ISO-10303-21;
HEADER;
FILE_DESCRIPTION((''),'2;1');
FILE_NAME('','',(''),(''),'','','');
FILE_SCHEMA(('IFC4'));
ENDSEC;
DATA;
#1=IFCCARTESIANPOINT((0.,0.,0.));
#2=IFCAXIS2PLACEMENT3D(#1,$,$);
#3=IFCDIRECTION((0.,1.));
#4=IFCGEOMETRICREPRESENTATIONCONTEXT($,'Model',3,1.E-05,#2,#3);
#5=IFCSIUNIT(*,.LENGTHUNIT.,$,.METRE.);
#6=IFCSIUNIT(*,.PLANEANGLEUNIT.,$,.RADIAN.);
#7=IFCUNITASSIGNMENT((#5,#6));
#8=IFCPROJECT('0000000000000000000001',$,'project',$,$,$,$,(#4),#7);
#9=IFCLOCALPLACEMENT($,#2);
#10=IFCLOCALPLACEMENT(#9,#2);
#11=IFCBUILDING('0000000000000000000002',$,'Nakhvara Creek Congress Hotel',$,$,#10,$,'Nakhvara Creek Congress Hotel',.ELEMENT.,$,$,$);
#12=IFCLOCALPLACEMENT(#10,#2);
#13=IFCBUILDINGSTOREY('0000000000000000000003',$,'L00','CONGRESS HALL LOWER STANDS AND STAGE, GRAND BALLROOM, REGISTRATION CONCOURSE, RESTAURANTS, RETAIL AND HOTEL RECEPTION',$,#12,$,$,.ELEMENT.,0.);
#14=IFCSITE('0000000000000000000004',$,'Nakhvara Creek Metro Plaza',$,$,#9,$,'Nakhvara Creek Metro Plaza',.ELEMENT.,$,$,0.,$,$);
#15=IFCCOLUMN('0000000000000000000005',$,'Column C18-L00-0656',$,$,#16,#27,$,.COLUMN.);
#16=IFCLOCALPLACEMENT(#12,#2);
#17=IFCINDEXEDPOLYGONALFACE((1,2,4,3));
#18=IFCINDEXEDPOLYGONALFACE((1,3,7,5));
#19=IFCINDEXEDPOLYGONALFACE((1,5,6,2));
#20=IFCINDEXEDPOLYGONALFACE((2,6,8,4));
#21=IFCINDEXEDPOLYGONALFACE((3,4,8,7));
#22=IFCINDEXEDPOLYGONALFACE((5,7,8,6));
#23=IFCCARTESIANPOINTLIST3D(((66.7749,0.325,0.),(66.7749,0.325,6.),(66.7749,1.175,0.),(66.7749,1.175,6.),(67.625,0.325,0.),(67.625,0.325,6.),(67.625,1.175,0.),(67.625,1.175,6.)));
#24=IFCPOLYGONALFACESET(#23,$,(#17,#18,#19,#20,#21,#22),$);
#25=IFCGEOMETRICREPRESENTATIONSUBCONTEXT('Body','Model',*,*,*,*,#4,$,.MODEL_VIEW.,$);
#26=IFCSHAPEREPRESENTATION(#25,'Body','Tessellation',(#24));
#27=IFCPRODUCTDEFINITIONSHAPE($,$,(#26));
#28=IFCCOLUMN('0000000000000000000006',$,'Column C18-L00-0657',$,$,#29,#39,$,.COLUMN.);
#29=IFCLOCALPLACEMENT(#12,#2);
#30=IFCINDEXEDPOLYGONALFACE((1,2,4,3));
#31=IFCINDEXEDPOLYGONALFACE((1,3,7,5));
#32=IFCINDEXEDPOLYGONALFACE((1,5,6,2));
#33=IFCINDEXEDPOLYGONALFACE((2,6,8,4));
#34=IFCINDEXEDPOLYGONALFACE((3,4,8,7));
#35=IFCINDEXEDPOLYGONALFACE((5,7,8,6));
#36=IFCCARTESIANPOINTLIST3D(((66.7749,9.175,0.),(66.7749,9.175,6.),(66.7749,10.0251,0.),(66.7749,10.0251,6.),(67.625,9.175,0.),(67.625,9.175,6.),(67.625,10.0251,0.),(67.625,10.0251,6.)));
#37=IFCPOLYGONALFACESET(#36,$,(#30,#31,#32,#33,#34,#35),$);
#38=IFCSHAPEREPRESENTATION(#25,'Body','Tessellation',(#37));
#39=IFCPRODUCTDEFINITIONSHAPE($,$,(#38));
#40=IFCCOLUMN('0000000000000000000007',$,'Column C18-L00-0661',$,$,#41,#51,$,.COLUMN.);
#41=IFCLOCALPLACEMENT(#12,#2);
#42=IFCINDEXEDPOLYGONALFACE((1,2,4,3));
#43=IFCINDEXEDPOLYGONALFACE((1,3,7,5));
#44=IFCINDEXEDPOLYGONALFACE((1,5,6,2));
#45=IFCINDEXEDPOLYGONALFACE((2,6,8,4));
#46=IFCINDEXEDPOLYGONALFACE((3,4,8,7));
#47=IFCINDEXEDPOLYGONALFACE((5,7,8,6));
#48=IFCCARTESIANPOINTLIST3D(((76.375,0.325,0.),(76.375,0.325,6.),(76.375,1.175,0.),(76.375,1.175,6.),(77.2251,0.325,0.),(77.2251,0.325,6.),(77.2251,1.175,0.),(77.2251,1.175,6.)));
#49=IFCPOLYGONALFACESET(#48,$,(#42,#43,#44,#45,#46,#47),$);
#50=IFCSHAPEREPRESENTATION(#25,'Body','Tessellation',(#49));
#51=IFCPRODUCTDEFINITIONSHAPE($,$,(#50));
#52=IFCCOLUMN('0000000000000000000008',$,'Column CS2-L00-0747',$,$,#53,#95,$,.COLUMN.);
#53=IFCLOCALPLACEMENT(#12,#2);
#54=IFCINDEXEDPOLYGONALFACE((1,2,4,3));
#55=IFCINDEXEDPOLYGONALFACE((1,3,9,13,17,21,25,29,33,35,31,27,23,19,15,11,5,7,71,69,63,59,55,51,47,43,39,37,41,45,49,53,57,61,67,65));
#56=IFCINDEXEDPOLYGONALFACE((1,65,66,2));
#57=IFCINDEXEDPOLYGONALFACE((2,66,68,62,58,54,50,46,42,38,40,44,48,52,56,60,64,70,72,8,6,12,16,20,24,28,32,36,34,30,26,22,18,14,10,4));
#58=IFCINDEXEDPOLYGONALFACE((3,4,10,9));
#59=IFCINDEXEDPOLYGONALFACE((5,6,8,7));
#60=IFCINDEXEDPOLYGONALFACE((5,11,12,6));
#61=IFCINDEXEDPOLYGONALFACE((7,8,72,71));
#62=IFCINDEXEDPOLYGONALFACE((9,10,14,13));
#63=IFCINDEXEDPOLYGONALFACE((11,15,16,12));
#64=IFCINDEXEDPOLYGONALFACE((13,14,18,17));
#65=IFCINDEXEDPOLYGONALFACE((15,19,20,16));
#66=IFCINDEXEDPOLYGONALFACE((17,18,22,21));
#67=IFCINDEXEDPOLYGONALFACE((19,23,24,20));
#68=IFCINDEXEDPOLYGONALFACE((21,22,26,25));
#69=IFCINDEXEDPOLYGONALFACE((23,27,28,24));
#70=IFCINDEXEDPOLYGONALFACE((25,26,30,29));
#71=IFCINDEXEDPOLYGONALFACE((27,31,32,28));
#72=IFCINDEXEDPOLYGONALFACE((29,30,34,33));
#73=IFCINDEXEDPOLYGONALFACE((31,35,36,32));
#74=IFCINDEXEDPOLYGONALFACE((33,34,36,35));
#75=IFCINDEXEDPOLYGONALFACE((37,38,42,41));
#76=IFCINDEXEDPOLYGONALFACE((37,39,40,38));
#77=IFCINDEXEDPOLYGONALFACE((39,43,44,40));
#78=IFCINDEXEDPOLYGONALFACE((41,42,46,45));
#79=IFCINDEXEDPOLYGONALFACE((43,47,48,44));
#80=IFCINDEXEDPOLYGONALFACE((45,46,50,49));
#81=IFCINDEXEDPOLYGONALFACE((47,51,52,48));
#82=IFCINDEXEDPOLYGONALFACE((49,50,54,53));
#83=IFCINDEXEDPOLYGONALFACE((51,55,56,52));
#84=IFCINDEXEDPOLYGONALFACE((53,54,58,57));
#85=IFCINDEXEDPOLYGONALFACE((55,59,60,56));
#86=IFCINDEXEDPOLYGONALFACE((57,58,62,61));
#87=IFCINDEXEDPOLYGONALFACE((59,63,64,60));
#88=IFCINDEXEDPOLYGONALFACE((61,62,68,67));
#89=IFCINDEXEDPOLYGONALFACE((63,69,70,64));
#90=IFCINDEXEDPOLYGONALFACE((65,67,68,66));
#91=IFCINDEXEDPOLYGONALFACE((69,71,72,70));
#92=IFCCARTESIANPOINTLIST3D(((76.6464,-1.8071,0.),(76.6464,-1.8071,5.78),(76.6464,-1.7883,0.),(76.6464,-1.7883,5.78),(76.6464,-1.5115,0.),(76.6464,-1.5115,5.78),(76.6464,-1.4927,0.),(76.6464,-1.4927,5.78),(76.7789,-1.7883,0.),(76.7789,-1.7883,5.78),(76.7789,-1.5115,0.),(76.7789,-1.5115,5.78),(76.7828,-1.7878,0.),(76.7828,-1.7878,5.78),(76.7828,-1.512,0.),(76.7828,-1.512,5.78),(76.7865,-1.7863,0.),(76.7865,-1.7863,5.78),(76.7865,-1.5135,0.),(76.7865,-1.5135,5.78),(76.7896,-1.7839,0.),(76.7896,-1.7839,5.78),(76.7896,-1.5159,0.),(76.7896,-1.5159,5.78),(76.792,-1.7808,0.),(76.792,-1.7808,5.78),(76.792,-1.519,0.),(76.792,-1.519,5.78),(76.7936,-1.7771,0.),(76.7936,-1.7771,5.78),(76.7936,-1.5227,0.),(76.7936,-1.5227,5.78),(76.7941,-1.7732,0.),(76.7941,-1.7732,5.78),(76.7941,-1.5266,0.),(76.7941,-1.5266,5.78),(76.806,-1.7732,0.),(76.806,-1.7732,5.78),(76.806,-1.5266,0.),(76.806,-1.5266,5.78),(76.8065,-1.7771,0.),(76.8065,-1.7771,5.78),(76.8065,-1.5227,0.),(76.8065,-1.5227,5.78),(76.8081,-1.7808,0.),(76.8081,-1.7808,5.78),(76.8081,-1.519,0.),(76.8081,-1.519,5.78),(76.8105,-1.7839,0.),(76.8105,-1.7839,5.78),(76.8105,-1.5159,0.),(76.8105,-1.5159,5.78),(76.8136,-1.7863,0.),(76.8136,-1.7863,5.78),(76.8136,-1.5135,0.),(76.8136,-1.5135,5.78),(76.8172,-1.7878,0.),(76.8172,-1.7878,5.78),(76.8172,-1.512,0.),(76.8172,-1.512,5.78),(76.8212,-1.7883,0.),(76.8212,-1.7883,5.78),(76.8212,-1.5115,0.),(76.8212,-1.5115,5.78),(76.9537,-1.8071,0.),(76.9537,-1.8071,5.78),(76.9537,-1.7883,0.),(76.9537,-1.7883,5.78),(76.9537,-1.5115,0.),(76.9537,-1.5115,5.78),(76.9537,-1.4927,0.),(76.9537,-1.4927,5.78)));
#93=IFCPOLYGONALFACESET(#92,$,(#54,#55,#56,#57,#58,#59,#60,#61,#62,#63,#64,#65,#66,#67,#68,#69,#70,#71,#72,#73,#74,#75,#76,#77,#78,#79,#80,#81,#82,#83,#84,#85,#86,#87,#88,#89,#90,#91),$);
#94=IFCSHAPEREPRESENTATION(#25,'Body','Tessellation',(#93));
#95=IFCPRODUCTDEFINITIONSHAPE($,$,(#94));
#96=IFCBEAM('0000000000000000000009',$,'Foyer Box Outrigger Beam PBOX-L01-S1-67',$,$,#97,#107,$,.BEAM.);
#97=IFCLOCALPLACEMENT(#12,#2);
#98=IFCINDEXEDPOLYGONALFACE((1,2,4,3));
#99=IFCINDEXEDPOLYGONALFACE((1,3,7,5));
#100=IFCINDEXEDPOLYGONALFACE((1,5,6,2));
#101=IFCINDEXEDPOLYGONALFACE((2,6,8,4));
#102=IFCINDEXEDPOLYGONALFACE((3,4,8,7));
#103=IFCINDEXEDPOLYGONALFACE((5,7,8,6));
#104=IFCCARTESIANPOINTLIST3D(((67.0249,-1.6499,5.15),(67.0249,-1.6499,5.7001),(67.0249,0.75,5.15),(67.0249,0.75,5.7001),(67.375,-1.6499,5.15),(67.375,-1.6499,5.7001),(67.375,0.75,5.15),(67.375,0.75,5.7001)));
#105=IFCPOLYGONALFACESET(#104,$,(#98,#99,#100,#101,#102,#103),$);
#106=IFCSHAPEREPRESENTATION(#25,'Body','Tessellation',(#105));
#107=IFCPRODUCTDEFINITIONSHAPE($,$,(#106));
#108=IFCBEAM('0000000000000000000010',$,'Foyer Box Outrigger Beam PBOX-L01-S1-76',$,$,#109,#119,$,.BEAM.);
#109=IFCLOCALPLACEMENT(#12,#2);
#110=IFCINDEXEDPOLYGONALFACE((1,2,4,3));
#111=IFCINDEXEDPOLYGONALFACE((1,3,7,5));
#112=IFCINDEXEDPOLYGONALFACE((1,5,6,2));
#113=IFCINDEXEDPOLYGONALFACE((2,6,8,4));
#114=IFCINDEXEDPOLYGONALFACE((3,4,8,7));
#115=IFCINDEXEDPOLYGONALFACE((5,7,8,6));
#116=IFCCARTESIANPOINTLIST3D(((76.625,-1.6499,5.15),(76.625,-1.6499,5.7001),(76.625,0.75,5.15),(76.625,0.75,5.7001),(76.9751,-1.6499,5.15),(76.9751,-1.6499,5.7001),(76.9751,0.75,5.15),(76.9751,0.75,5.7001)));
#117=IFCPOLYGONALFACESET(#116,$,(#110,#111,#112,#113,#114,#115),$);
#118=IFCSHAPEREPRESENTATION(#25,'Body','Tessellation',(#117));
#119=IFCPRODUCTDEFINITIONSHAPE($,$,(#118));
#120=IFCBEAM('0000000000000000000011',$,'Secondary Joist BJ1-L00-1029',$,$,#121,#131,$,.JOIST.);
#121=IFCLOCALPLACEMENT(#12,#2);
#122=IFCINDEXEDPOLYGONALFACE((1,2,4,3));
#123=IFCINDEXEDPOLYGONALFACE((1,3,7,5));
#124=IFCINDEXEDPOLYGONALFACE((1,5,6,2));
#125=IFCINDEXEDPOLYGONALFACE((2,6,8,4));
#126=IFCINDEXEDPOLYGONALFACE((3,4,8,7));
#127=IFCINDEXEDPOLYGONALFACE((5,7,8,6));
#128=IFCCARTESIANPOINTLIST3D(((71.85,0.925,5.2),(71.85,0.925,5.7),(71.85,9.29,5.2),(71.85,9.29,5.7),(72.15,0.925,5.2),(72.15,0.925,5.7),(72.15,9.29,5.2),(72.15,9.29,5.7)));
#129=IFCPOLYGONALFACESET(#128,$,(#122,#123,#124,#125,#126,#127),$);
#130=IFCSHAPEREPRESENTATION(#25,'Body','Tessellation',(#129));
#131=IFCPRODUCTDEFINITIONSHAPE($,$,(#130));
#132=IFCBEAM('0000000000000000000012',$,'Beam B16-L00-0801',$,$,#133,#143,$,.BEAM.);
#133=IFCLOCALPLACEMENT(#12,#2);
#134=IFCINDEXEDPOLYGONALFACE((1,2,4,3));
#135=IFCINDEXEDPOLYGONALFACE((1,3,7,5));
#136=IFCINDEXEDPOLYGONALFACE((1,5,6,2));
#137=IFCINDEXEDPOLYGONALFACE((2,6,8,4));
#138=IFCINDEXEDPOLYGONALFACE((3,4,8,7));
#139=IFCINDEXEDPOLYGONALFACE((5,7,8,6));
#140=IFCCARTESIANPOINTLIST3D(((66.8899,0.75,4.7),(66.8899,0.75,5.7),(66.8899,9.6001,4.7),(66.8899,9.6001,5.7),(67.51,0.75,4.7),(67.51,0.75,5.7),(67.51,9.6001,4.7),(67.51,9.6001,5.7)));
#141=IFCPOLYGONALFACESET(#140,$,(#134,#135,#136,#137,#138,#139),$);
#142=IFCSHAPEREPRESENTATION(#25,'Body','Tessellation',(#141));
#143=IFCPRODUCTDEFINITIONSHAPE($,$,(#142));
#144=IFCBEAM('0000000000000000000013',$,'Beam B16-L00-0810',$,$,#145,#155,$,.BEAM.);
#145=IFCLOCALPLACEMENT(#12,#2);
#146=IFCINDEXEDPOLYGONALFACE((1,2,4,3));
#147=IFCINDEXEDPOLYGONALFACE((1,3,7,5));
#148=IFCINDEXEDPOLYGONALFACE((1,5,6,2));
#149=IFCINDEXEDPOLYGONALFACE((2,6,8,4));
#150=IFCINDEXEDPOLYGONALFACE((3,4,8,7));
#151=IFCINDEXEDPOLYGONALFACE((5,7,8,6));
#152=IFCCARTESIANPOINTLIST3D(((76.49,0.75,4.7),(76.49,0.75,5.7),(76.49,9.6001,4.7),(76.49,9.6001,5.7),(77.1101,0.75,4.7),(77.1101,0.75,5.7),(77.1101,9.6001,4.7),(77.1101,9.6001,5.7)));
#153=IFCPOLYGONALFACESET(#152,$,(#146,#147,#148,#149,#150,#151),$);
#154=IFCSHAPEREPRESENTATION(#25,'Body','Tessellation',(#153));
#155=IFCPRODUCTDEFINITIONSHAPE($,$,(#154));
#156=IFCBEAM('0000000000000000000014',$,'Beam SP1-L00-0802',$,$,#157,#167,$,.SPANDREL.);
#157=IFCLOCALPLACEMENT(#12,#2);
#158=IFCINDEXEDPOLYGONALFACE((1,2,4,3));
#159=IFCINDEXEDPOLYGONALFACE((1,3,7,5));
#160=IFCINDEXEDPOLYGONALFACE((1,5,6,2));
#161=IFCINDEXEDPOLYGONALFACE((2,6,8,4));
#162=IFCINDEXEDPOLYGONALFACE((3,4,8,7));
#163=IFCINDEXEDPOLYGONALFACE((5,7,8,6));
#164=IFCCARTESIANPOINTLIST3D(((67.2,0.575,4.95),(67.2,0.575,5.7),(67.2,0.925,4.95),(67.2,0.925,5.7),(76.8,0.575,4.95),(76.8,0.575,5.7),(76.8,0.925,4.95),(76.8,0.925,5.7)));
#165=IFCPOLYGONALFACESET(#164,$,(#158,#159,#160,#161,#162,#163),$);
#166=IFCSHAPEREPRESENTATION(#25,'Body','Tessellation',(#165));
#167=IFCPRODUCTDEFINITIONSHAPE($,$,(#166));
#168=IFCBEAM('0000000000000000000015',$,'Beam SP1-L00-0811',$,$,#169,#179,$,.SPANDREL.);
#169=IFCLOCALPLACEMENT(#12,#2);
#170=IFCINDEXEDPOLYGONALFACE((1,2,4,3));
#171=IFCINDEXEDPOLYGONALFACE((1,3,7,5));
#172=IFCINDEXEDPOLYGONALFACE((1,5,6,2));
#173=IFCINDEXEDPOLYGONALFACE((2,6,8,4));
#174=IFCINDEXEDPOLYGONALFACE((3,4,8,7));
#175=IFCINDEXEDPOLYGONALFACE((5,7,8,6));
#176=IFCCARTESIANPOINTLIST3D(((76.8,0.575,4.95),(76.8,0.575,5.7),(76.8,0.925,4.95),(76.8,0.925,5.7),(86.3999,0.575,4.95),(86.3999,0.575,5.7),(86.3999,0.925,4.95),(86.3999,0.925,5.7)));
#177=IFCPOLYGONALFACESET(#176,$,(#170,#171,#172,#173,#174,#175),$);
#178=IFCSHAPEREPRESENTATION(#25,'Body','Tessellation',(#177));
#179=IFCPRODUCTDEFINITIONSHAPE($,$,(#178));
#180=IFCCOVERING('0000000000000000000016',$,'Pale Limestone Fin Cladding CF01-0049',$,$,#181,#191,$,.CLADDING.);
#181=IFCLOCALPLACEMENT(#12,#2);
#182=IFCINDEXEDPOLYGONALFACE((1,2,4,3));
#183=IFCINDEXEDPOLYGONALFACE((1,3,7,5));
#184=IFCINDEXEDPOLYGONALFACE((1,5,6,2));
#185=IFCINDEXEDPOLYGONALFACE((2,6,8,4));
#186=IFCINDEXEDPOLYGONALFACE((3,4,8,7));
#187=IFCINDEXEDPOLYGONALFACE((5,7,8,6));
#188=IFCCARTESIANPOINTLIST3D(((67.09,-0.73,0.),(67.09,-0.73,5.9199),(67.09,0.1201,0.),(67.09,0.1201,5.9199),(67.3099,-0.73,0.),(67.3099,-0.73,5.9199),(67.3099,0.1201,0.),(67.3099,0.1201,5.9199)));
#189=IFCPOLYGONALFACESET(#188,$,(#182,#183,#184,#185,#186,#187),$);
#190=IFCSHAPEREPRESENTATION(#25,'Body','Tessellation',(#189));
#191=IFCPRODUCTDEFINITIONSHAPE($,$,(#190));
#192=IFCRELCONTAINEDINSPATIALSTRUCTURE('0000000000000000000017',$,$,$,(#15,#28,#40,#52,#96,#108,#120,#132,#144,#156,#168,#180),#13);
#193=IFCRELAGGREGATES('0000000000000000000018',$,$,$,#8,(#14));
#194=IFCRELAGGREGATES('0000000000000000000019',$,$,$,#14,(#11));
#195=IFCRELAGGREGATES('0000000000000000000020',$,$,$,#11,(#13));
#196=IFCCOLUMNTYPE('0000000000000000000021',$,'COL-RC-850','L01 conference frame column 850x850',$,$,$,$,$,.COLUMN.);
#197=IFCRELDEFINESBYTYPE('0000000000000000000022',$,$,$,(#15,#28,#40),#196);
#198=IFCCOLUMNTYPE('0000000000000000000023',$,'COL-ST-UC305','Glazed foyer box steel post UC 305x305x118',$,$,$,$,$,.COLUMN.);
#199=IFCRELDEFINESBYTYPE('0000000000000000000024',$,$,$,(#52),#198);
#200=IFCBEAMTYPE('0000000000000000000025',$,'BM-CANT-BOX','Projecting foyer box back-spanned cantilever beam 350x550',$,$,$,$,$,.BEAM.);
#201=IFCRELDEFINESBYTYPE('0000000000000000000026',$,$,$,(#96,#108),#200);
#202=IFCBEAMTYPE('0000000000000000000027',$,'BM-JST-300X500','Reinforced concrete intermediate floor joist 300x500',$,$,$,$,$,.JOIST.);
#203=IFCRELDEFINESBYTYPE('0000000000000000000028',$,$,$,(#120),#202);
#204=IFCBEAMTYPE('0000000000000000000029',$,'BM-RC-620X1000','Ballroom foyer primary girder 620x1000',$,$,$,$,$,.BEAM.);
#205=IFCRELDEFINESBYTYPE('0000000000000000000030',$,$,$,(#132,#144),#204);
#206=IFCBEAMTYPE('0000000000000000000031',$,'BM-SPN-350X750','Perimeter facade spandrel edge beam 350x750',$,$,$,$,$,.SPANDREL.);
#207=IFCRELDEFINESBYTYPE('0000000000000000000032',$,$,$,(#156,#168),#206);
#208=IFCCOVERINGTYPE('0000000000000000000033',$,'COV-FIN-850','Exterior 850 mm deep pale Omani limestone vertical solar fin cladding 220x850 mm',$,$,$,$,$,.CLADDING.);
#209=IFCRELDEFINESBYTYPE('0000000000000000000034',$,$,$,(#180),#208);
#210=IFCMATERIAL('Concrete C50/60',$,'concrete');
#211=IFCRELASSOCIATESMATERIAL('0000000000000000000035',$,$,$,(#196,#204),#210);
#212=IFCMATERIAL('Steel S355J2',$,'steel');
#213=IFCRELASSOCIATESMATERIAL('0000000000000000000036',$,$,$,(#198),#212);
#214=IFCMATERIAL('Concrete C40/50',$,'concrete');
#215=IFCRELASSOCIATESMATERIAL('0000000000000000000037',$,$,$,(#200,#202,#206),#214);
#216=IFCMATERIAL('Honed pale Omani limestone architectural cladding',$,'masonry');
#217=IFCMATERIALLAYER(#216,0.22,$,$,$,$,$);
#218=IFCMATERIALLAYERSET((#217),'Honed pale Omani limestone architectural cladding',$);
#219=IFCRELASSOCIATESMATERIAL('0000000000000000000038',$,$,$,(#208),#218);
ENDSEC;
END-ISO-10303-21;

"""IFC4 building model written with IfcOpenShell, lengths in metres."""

from ifc_helpers import new_model, si_unit, direction, frame, origin, origin_2d, place, context, subcontext, project, spatial, rectangle, i_section, extrude, material, layer, layer_set, material_profile, profile_set, type_object, element, save


model = new_model("IFC4")

# Units and contexts
model_context = context("Model", 3, precision=1e-05, world=origin(), true_north=direction((0.0, 1.0)))
body_context = subcontext(model_context, "Body", "Model", "MODEL_VIEW")
ifc_project = project(units=[si_unit("LENGTHUNIT", "METRE"), si_unit("PLANEANGLEUNIT", "RADIAN")], contexts=[model_context])

# Site, building, storey
site_placement = place(None, origin())
site = spatial("IfcSite", under=ifc_project, at=site_placement, Name="Nakhvara Creek Metro Plaza", LongName="Nakhvara Creek Metro Plaza", CompositionType="ELEMENT", RefElevation=0.0)
building_placement = place(site_placement, origin())
building = spatial("IfcBuilding", under=site, at=building_placement, Name="Nakhvara Creek Congress Hotel", LongName="Nakhvara Creek Congress Hotel", CompositionType="ELEMENT")
storey_placement = place(building_placement, origin())
storey = spatial("IfcBuildingStorey", under=building, at=storey_placement, Name="L00", Description="CONGRESS HALL LOWER STANDS AND STAGE, GRAND BALLROOM, REGISTRATION CONCOURSE, RESTAURANTS, RETAIL AND HOTEL RECEPTION", CompositionType="ELEMENT", Elevation=0.0)

# Columns
ifc_material_1 = material(Name="Concrete C50/60", Category="concrete")
ifc_material_profile_1 = material_profile(ifc_material_1, rectangle(XDim=0.8501, YDim=0.8501, at=origin_2d()), Name="RC-COL 850x850", Category="LoadBearing")
ifc_profile_set_1 = profile_set([ifc_material_profile_1], Name="Concrete C50/60")
column_type_1 = type_object("IfcColumnType", Name="COL-RC-850", Description="L01 conference frame column 850x850", PredefinedType="COLUMN", material=ifc_profile_set_1)
for number, where, z_axis, x_axis, name in (
    (1, (67.2, 0.75, 0.0), (0.0, 0.0, 1.0), (1.0, 0.0, 0.0), "Column C18-L00-0656"),
    (2, (67.2, 9.6001, 0.0), (0.0, 0.0, 1.0), (1.0, 0.0, 0.0), "Column C18-L00-0657"),
    (3, (76.8, 0.75, 0.0), (0.0, 0.0, 1.0), (1.0, 0.0, 0.0), "Column C18-L00-0661"),
):
    element("IfcColumn", number, at=place(storey_placement, frame(where, z_axis=z_axis, x_axis=x_axis)), inside=storey, type_object=column_type_1, Name=name, PredefinedType="COLUMN", context=body_context, shape_type="SweptSolid", body=[
        extrude(rectangle(XDim=0.8501, YDim=0.8501, at=origin_2d()), origin(), (0.0, 0.0, 1.0), 6.0),
    ])
ifc_material_2 = material(Name="Steel S355J2", Category="steel")
ifc_material_profile_2 = material_profile(ifc_material_2, i_section(OverallWidth=0.3074, OverallDepth=0.3145, WebThickness=0.012, FlangeThickness=0.0188, FilletRadius=0.0151, at=origin_2d()), Name="UC 305x305x118", Category="LoadBearing")
ifc_profile_set_2 = profile_set([ifc_material_profile_2], Name="Steel S355J2")
column_type_2 = type_object("IfcColumnType", Name="COL-ST-UC305", Description="Glazed foyer box steel post UC 305x305x118", PredefinedType="COLUMN", material=ifc_profile_set_2)
column_placement = place(storey_placement, frame((76.8, -1.6499, 0.0), z_axis=(0.0, 0.0, 1.0), x_axis=(1.0, 0.0, 0.0)))
element("IfcColumn", 4, at=column_placement, inside=storey, type_object=column_type_2, Name="Column CS2-L00-0747", PredefinedType="COLUMN", context=body_context, shape_type="SweptSolid", body=[
    extrude(i_section(OverallWidth=0.3074, OverallDepth=0.3145, WebThickness=0.012, FlangeThickness=0.0188, FilletRadius=0.0151, at=origin_2d()), origin(), (0.0, 0.0, 1.0), 5.78),
])

# Beams
ifc_material_3 = material(Name="Concrete C40/50", Category="concrete")
ifc_material_profile_3 = material_profile(ifc_material_3, rectangle(XDim=0.3501, YDim=0.55, at=origin_2d()), Name="RC-BM 350x550", Category="LoadBearing")
ifc_profile_set_3 = profile_set([ifc_material_profile_3], Name="Concrete C40/50")
beam_type_1 = type_object("IfcBeamType", Name="BM-CANT-BOX", Description="Projecting foyer box back-spanned cantilever beam 350x550", PredefinedType="BEAM", material=ifc_profile_set_3)
for number, where, z_axis, x_axis, name in (
    (5, (67.2, 0.75, 5.425), (0.0, -1.0, 0.0), (1.0, 0.0, 0.0), "Foyer Box Outrigger Beam PBOX-L01-S1-67"),
    (6, (76.8, 0.75, 5.425), (0.0, -1.0, 0.0), (1.0, 0.0, 0.0), "Foyer Box Outrigger Beam PBOX-L01-S1-76"),
):
    element("IfcBeam", number, at=place(storey_placement, frame(where, z_axis=z_axis, x_axis=x_axis)), inside=storey, type_object=beam_type_1, Name=name, PredefinedType="BEAM", context=body_context, shape_type="SweptSolid", body=[
        extrude(rectangle(XDim=0.3501, YDim=0.55, at=origin_2d()), origin(), (0.0, 0.0, 1.0), 2.3999),
    ])
ifc_material_profile_4 = material_profile(ifc_material_3, rectangle(XDim=0.3, YDim=0.5, at=origin_2d()), Name="RC-BM 300x500", Category="LoadBearing")
ifc_profile_set_4 = profile_set([ifc_material_profile_4], Name="Concrete C40/50")
beam_type_2 = type_object("IfcBeamType", Name="BM-JST-300X500", Description="Reinforced concrete intermediate floor joist 300x500", PredefinedType="JOIST", material=ifc_profile_set_4)
beam_1_placement = place(storey_placement, frame((72.0, 0.925, 5.45), z_axis=(0.0, 1.0, 0.0), x_axis=(-1.0, 0.0, 0.0)))
element("IfcBeam", 7, at=beam_1_placement, inside=storey, type_object=beam_type_2, Name="Secondary Joist BJ1-L00-1029", PredefinedType="JOIST", context=body_context, shape_type="SweptSolid", body=[
    extrude(rectangle(XDim=0.3, YDim=0.5, at=origin_2d()), origin(), (0.0, 0.0, 1.0), 8.365),
])
ifc_material_profile_5 = material_profile(ifc_material_1, rectangle(XDim=0.6201, YDim=1.0, at=origin_2d()), Name="RC-BM 620x1000", Category="LoadBearing")
ifc_profile_set_5 = profile_set([ifc_material_profile_5], Name="Concrete C50/60")
beam_type_3 = type_object("IfcBeamType", Name="BM-RC-620X1000", Description="Ballroom foyer primary girder 620x1000", PredefinedType="BEAM", material=ifc_profile_set_5)
for number, where, z_axis, x_axis, name in (
    (8, (67.2, 0.75, 5.2), (0.0, 1.0, 0.0), (-1.0, 0.0, 0.0), "Beam B16-L00-0801"),
    (9, (76.8, 0.75, 5.2), (0.0, 1.0, 0.0), (-1.0, 0.0, 0.0), "Beam B16-L00-0810"),
):
    element("IfcBeam", number, at=place(storey_placement, frame(where, z_axis=z_axis, x_axis=x_axis)), inside=storey, type_object=beam_type_3, Name=name, PredefinedType="BEAM", context=body_context, shape_type="SweptSolid", body=[
        extrude(rectangle(XDim=0.6201, YDim=1.0, at=origin_2d()), origin(), (0.0, 0.0, 1.0), 8.8501),
    ])
ifc_material_profile_6 = material_profile(ifc_material_3, rectangle(XDim=0.3501, YDim=0.75, at=origin_2d()), Name="RC-SPANDREL 350x750", Category="LoadBearing")
ifc_profile_set_6 = profile_set([ifc_material_profile_6], Name="Concrete C40/50")
beam_type_4 = type_object("IfcBeamType", Name="BM-SPN-350X750", Description="Perimeter facade spandrel edge beam 350x750", PredefinedType="SPANDREL", material=ifc_profile_set_6)
beam_2_placement = place(storey_placement, frame((67.2, 0.75, 5.325), z_axis=(1.0, 0.0, 0.0), x_axis=(0.0, 1.0, 0.0)))
element("IfcBeam", 10, at=beam_2_placement, inside=storey, type_object=beam_type_4, Name="Beam SP1-L00-0802", PredefinedType="SPANDREL", context=body_context, shape_type="SweptSolid", body=[
    extrude(rectangle(XDim=0.3501, YDim=0.75, at=origin_2d()), origin(), (0.0, 0.0, 1.0), 9.6001),
])
beam_3_placement = place(storey_placement, frame((76.8, 0.75, 5.325), z_axis=(1.0, 0.0, 0.0), x_axis=(0.0, 1.0, 0.0)))
element("IfcBeam", 11, at=beam_3_placement, inside=storey, type_object=beam_type_4, Name="Beam SP1-L00-0811", PredefinedType="SPANDREL", context=body_context, shape_type="SweptSolid", body=[
    extrude(rectangle(XDim=0.3501, YDim=0.75, at=origin_2d()), origin(), (0.0, 0.0, 1.0), 9.5999),
])

# Covering
ifc_material_4 = material(Name="Honed pale Omani limestone architectural cladding", Category="masonry")
ifc_layer = layer(ifc_material_4, 0.22)
ifc_layer_set = layer_set([ifc_layer], Name="Honed pale Omani limestone architectural cladding")
covering_type = type_object("IfcCoveringType", Name="COV-FIN-850", Description="Exterior 850 mm deep pale Omani limestone vertical solar fin cladding 220x850 mm", PredefinedType="CLADDING", material=ifc_layer_set)
for number, where, z_axis, x_axis, name in (
    (12, (67.2, -0.3049, 0.0), (0.0, 0.0, 1.0), (1.0, 0.0, 0.0), "Pale Limestone Fin Cladding CF01-0049"),
):
    element("IfcCovering", number, at=place(storey_placement, frame(where, z_axis=z_axis, x_axis=x_axis)), inside=storey, type_object=covering_type, Name=name, PredefinedType="CLADDING", context=body_context, shape_type="SweptSolid", body=[
        extrude(rectangle(XDim=0.22, YDim=0.8501, at=origin_2d()), origin(), (0.0, 0.0, 1.0), 5.9199),
    ])

save(model, "model.ifc")
